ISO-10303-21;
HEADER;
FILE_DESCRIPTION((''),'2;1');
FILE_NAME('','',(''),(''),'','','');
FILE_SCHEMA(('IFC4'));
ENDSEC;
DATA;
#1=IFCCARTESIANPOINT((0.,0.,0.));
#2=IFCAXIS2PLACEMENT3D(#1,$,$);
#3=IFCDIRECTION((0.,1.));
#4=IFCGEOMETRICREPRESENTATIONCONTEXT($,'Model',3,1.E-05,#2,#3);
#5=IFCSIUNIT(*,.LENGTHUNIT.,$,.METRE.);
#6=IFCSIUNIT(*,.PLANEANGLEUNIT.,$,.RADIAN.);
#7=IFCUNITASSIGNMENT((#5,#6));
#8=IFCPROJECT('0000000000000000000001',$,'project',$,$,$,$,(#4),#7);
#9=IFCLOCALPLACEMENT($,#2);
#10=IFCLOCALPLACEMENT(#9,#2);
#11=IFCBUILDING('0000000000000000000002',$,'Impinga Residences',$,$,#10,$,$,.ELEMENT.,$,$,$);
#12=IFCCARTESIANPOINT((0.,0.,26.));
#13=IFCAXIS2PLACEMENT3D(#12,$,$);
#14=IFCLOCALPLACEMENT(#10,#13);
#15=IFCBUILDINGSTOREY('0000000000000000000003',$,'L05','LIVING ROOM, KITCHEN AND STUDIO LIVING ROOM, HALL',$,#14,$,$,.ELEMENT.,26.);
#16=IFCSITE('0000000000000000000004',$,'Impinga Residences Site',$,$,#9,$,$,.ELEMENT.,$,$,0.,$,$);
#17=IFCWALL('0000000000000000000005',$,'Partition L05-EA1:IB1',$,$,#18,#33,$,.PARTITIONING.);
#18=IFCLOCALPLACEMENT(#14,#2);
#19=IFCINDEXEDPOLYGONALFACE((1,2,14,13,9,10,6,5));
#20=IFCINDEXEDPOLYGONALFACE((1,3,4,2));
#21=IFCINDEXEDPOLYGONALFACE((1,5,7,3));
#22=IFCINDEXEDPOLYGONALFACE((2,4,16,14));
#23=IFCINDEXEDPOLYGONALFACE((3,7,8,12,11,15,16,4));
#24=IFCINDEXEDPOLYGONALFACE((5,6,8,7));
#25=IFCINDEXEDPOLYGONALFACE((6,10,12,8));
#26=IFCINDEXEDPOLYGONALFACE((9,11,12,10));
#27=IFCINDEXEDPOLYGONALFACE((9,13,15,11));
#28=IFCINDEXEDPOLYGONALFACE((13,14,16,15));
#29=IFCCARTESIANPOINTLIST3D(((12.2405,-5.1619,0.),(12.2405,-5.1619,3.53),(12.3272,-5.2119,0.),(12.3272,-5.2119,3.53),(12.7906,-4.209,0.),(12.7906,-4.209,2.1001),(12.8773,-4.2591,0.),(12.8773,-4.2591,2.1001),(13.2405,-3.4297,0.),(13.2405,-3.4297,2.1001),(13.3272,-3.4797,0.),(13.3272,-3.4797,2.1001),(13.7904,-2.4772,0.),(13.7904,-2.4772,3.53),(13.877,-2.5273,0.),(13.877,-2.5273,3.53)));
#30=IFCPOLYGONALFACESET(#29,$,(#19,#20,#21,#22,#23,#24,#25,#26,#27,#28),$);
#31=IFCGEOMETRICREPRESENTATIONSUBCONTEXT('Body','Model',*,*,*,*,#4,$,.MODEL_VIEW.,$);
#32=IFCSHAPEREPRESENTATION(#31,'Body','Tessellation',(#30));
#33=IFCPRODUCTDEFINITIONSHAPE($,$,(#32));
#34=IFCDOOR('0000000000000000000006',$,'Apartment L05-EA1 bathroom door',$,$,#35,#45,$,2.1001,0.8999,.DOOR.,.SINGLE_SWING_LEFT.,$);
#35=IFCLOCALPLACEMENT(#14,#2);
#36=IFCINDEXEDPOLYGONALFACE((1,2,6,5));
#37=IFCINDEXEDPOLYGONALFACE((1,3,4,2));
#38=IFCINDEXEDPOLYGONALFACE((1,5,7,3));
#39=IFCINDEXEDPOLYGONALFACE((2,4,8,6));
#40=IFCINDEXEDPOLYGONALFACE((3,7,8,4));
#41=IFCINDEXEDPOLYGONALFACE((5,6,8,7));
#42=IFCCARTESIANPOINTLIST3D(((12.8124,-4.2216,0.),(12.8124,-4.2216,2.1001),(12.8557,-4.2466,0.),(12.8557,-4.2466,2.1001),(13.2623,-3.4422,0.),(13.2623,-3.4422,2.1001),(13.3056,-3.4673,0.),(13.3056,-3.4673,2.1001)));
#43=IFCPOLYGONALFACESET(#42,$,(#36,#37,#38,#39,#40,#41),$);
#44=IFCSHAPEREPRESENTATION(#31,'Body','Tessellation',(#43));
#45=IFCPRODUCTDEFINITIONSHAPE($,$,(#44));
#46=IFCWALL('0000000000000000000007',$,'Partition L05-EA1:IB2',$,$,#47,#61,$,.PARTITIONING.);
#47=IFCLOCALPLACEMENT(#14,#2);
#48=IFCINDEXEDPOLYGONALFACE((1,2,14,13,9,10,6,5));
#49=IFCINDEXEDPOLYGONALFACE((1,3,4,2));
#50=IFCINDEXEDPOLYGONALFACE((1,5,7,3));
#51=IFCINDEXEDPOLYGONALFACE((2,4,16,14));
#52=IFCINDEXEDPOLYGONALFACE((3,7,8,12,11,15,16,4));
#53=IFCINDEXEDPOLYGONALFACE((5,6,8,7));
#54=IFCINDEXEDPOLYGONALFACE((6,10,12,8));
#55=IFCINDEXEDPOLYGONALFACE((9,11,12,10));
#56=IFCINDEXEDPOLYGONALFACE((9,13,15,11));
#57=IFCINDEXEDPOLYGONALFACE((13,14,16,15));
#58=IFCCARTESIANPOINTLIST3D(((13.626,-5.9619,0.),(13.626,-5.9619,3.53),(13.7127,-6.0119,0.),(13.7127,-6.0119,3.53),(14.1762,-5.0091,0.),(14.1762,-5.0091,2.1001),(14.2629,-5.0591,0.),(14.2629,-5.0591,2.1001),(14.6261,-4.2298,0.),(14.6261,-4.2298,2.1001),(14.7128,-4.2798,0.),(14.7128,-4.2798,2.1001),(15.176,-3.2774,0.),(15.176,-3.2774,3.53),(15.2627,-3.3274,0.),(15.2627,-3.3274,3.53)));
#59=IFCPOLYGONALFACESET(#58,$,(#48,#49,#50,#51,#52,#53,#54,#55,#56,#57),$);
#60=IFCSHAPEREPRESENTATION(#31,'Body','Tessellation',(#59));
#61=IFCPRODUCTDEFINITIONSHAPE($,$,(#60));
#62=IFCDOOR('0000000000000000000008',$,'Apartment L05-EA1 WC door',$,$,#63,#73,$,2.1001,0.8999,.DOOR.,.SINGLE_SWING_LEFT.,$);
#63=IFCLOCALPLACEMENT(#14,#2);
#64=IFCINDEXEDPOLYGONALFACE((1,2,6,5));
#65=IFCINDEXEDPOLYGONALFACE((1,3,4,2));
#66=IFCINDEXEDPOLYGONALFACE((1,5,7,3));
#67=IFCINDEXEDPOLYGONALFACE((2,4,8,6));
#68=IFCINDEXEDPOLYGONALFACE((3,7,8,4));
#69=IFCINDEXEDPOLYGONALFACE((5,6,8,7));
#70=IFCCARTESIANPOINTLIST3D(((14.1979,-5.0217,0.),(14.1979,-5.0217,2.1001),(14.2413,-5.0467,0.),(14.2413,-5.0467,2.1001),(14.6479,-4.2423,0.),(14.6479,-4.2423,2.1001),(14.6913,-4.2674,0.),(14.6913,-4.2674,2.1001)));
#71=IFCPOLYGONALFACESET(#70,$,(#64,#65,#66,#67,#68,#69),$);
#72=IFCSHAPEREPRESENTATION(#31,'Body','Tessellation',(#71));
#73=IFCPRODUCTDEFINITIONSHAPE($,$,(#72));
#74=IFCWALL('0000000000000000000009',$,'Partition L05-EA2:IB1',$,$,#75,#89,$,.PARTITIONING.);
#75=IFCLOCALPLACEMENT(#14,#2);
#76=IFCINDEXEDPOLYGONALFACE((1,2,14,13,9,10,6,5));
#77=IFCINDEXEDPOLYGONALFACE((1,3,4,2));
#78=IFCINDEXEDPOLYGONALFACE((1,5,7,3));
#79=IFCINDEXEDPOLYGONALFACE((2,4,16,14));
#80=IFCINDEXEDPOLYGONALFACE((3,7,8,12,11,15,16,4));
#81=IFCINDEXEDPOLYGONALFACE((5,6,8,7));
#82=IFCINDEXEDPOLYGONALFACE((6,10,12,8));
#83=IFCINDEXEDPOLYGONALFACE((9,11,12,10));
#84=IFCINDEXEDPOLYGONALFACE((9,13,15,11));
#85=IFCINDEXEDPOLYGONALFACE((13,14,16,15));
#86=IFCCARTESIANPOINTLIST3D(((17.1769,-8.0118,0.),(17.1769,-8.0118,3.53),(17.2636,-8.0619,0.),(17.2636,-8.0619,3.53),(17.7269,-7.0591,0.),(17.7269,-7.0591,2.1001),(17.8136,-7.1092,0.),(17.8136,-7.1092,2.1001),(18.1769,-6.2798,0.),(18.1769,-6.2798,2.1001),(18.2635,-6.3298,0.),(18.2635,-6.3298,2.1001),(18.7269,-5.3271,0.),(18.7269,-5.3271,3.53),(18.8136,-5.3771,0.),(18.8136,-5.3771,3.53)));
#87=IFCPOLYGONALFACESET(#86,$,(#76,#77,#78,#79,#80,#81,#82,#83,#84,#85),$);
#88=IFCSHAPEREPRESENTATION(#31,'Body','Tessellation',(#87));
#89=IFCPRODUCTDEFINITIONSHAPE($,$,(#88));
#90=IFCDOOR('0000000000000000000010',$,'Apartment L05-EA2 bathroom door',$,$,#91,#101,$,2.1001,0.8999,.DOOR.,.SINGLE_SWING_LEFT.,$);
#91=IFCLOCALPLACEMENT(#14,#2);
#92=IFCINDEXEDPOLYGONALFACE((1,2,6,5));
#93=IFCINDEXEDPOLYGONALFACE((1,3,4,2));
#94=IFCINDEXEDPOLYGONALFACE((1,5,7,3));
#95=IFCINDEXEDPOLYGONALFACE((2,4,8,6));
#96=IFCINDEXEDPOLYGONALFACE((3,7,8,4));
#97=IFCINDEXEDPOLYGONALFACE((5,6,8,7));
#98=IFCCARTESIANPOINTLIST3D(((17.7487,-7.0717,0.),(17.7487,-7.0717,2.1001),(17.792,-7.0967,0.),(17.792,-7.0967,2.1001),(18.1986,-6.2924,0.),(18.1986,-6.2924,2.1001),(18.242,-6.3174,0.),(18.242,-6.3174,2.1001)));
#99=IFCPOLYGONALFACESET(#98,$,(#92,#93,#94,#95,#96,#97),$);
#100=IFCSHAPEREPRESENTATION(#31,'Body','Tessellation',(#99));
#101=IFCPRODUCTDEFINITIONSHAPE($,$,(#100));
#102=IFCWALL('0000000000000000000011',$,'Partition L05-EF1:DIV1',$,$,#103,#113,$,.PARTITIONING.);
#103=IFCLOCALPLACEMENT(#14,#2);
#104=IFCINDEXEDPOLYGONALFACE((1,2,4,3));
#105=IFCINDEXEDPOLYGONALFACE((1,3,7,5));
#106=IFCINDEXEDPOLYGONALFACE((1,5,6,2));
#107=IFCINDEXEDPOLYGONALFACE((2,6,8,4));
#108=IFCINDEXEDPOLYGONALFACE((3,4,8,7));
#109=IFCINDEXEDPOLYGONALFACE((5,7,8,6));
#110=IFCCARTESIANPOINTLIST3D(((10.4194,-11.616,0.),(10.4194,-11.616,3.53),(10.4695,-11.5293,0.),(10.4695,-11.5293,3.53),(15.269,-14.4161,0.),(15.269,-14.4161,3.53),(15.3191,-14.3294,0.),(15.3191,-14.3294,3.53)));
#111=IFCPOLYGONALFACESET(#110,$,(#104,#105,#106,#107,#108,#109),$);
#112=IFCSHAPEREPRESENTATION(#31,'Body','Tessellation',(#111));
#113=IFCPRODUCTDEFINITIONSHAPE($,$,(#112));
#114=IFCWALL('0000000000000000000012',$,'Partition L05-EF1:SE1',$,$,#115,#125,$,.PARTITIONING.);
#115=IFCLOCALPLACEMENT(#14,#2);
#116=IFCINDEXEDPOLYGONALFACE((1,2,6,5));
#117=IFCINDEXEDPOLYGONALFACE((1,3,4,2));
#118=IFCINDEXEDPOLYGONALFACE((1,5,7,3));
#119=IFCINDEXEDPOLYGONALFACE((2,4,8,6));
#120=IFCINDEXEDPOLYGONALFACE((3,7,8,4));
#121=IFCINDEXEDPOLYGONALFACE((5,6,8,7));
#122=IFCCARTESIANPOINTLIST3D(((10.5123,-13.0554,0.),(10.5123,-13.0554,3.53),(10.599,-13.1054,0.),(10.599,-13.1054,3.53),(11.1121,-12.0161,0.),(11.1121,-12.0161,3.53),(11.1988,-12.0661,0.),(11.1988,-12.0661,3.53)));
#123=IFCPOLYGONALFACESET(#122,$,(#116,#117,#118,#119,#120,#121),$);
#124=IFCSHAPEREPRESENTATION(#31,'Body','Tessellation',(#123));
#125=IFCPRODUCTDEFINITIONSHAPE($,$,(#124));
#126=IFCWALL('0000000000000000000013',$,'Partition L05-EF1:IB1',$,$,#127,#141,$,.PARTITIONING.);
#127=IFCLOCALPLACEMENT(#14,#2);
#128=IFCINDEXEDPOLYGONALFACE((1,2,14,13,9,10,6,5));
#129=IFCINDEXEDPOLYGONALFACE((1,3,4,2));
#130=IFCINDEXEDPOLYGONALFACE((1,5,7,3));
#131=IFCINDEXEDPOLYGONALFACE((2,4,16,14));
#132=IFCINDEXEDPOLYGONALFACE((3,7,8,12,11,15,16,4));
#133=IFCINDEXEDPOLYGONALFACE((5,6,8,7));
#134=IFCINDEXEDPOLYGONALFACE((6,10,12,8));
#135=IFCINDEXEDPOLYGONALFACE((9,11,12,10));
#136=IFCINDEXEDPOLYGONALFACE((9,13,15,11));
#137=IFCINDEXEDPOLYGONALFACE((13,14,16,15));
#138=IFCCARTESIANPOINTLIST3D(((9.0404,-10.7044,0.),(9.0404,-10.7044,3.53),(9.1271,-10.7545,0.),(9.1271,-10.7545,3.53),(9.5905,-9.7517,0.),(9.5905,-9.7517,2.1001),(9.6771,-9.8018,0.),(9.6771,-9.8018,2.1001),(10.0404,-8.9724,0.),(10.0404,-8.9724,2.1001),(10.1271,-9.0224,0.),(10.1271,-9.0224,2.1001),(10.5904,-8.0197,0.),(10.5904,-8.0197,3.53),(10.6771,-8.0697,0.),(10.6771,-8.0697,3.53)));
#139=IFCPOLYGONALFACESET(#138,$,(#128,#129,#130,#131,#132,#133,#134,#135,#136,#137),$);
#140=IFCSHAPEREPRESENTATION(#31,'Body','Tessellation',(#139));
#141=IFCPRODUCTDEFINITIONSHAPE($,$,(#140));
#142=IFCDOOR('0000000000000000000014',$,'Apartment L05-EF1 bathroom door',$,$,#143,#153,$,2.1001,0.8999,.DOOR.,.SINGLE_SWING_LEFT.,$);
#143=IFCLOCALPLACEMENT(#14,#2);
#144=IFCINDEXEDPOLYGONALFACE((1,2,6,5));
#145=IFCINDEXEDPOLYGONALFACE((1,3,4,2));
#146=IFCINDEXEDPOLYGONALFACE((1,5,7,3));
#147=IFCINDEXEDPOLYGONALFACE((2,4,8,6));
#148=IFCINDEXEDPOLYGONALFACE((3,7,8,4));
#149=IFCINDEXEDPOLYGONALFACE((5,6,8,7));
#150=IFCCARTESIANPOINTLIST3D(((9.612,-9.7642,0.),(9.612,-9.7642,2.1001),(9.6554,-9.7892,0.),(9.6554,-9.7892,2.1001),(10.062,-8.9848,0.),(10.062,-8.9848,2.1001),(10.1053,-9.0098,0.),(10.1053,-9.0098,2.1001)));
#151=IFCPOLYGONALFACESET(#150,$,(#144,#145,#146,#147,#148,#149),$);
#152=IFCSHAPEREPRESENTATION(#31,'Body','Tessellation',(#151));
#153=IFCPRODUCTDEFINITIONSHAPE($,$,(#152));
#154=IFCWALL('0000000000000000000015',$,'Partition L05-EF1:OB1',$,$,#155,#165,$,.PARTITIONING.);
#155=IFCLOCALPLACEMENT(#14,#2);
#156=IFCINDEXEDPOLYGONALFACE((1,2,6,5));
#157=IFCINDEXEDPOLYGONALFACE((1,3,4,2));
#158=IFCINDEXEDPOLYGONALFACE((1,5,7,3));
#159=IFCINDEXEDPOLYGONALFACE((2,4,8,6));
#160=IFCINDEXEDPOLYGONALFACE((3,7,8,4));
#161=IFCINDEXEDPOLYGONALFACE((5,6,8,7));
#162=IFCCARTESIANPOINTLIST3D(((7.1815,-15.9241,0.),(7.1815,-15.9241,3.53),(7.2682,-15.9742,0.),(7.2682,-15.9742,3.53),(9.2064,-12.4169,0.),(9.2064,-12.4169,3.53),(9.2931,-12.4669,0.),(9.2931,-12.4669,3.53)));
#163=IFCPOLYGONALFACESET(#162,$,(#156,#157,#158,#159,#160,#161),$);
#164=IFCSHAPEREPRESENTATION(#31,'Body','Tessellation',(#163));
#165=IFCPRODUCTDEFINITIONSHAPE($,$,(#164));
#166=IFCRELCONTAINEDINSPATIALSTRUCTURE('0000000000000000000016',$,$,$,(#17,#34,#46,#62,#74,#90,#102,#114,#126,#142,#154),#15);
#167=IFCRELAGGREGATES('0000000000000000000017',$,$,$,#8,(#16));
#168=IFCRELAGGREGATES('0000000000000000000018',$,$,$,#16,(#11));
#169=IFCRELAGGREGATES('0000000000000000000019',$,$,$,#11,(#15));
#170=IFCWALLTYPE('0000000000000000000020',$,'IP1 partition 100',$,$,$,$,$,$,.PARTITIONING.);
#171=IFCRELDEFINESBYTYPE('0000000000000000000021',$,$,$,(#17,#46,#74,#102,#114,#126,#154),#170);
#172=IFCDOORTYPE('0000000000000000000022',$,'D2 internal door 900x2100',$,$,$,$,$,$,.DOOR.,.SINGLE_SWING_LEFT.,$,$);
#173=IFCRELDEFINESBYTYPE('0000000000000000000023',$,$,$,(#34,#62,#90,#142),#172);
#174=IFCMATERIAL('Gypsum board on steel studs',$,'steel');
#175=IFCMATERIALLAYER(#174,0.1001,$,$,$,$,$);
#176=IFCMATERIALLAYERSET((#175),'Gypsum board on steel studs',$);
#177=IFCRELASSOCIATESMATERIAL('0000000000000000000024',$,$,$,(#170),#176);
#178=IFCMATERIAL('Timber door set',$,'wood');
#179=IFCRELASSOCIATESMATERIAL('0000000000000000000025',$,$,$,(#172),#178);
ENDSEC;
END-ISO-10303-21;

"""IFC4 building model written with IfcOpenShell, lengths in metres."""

from ifc_helpers import new_model, si_unit, direction, frame, frame_2d, origin, place, context, subcontext, project, spatial, rectangle, extrude, material, layer, layer_set, type_object, element, fill, save


model = new_model("IFC4")

# Units and contexts
model_context = context("Model", 3, precision=1e-05, world=origin(), true_north=direction((0.0, 1.0)))
body_context = subcontext(model_context, "Body", "Model", "MODEL_VIEW")
ifc_project = project(units=[si_unit("LENGTHUNIT", "METRE"), si_unit("PLANEANGLEUNIT", "RADIAN")], contexts=[model_context])

# Site, building, storey
site_placement = place(None, origin())
site = spatial("IfcSite", under=ifc_project, at=site_placement, Name="Impinga Residences Site", CompositionType="ELEMENT", RefElevation=0.0)
building_placement = place(site_placement, origin())
building = spatial("IfcBuilding", under=site, at=building_placement, Name="Impinga Residences", CompositionType="ELEMENT")
storey_placement = place(building_placement, frame((0.0, 0.0, 26.0)))
storey = spatial("IfcBuildingStorey", under=building, at=storey_placement, Name="L05", Description="LIVING ROOM, KITCHEN AND STUDIO LIVING ROOM, HALL", CompositionType="ELEMENT", Elevation=26.0)

# Shared definitions
ifc_material_1 = material(Name="Timber door set", Category="wood")

# Walls, openings, doors
ifc_material_2 = material(Name="Gypsum board on steel studs", Category="steel")
ifc_layer_1 = layer(ifc_material_2, 0.1001)
ifc_layer_set_1 = layer_set([ifc_layer_1], Name="Gypsum board on steel studs")
wall_type_1 = type_object("IfcWallType", Name="IP1 partition 100", PredefinedType="PARTITIONING", material=ifc_layer_set_1)
wall_1_placement = place(storey_placement, frame((12.2839, -5.1868, 0.0), z_axis=(0.0, 0.0, 1.0), x_axis=(0.499968, 0.866044, 0.0)))
wall_1 = element("IfcWall", 1, at=wall_1_placement, inside=storey, type_object=wall_type_1, Name="Partition L05-EA1:IB1", PredefinedType="PARTITIONING", context=body_context, shape_type="SweptSolid", body=[
    extrude(rectangle(XDim=3.0999, YDim=0.1001, at=frame_2d((1.5498, 0.0))), origin(), (0.0, 0.0, 1.0), 3.53),
])
opening_1_placement = place(wall_1_placement, frame((1.1001, 0.0, 0.0)))
opening_1 = element("IfcOpeningElement", 2, at=opening_1_placement, cuts=wall_1, PredefinedType="OPENING", context=body_context, shape_type="SweptSolid", body=[
    extrude(rectangle(XDim=0.8999, YDim=2.1001, at=frame_2d((0.45, 1.05))), frame((0.0, 0.0601, 0.0), z_axis=(0.0, -1.0, 0.0), x_axis=(1.0, 0.0, 0.0)), (0.0, 0.0, 1.0), 0.1201),
])
door_type_1 = type_object("IfcDoorType", Name="D2 internal door 900x2100", OperationType="SINGLE_SWING_LEFT", PredefinedType="DOOR", material=ifc_material_1)
door_1_placement = place(opening_1_placement, origin())
door_1 = element("IfcDoor", 3, at=door_1_placement, inside=storey, type_object=door_type_1, Name="Apartment L05-EA1 bathroom door", OperationType="SINGLE_SWING_LEFT", OverallHeight=2.1001, OverallWidth=0.8999, PredefinedType="DOOR", context=body_context, shape_type="SweptSolid", body=[
    extrude(rectangle(XDim=0.8999, YDim=2.1001, at=frame_2d((0.45, 1.05))), frame((0.0, 0.0249, 0.0), z_axis=(0.0, -1.0, 0.0), x_axis=(1.0, 0.0, 0.0)), (0.0, 0.0, 1.0), 0.05),
])
fill(opening_1, door_1)
wall_2_placement = place(storey_placement, frame((13.6694, -5.9868, 0.0), z_axis=(0.0, 0.0, 1.0), x_axis=(0.500027, 0.86601, 0.0)))
wall_2 = element("IfcWall", 4, at=wall_2_placement, inside=storey, type_object=wall_type_1, Name="Partition L05-EA1:IB2", PredefinedType="PARTITIONING", context=body_context, shape_type="SweptSolid", body=[
    extrude(rectangle(XDim=3.0999, YDim=0.1001, at=frame_2d((1.5498, 0.0))), origin(), (0.0, 0.0, 1.0), 3.53),
])
opening_2_placement = place(wall_2_placement, frame((1.1001, 0.0, 0.0)))
opening_2 = element("IfcOpeningElement", 5, at=opening_2_placement, cuts=wall_2, PredefinedType="OPENING", context=body_context, shape_type="SweptSolid", body=[
    extrude(rectangle(XDim=0.8999, YDim=2.1001, at=frame_2d((0.45, 1.05))), frame((0.0, 0.0601, 0.0), z_axis=(0.0, -1.0, 0.0), x_axis=(1.0, 0.0, 0.0)), (0.0, 0.0, 1.0), 0.1201),
])
door_2_placement = place(opening_2_placement, origin())
door_2 = element("IfcDoor", 6, at=door_2_placement, inside=storey, type_object=door_type_1, Name="Apartment L05-EA1 WC door", OperationType="SINGLE_SWING_LEFT", OverallHeight=2.1001, OverallWidth=0.8999, PredefinedType="DOOR", context=body_context, shape_type="SweptSolid", body=[
    extrude(rectangle(XDim=0.8999, YDim=2.1001, at=frame_2d((0.45, 1.05))), frame((0.0, 0.0249, 0.0), z_axis=(0.0, -1.0, 0.0), x_axis=(1.0, 0.0, 0.0)), (0.0, 0.0, 1.0), 0.05),
])
fill(opening_2, door_2)
wall_3_placement = place(storey_placement, frame((17.2202, -8.0369, 0.0), z_axis=(0.0, 0.0, 1.0), x_axis=(0.499993, 0.86603, 0.0)))
wall_3 = element("IfcWall", 7, at=wall_3_placement, inside=storey, type_object=wall_type_1, Name="Partition L05-EA2:IB1", PredefinedType="PARTITIONING", context=body_context, shape_type="SweptSolid", body=[
    extrude(rectangle(XDim=3.1001, YDim=0.1001, at=frame_2d((1.55, 0.0))), origin(), (0.0, 0.0, 1.0), 3.53),
])
opening_3_placement = place(wall_3_placement, frame((1.1001, 0.0, 0.0)))
opening_3 = element("IfcOpeningElement", 8, at=opening_3_placement, cuts=wall_3, PredefinedType="OPENING", context=body_context, shape_type="SweptSolid", body=[
    extrude(rectangle(XDim=0.8999, YDim=2.1001, at=frame_2d((0.45, 1.05))), frame((0.0, 0.0601, 0.0), z_axis=(0.0, -1.0, 0.0), x_axis=(1.0, 0.0, 0.0)), (0.0, 0.0, 1.0), 0.1201),
])
door_3_placement = place(opening_3_placement, origin())
door_3 = element("IfcDoor", 9, at=door_3_placement, inside=storey, type_object=door_type_1, Name="Apartment L05-EA2 bathroom door", OperationType="SINGLE_SWING_LEFT", OverallHeight=2.1001, OverallWidth=0.8999, PredefinedType="DOOR", context=body_context, shape_type="SweptSolid", body=[
    extrude(rectangle(XDim=0.8999, YDim=2.1001, at=frame_2d((0.45, 1.05))), frame((0.0, 0.0249, 0.0), z_axis=(0.0, -1.0, 0.0), x_axis=(1.0, 0.0, 0.0)), (0.0, 0.0, 1.0), 0.05),
])
fill(opening_3, door_3)

# Walls
wall_4_placement = place(storey_placement, frame((10.4446, -11.5728, 0.0), z_axis=(0.0, 0.0, 1.0), x_axis=(0.866016, -0.500017, 0.0)))
element("IfcWall", 10, at=wall_4_placement, inside=storey, type_object=wall_type_1, Name="Partition L05-EF1:DIV1", PredefinedType="PARTITIONING", context=body_context, shape_type="SweptSolid", body=[
    extrude(rectangle(XDim=5.5999, YDim=0.1001, at=frame_2d((2.7998, 0.0))), origin(), (0.0, 0.0, 1.0), 3.53),
])
wall_5_placement = place(storey_placement, frame((11.1555, -12.041, 0.0), z_axis=(0.0, 0.0, 1.0), x_axis=(-0.499881, -0.866094, 0.0)))
element("IfcWall", 11, at=wall_5_placement, inside=storey, type_object=wall_type_1, Name="Partition L05-EF1:SE1", PredefinedType="PARTITIONING", context=body_context, shape_type="SweptSolid", body=[
    extrude(rectangle(XDim=1.2, YDim=0.1001, at=frame_2d((0.6001, 0.0))), origin(), (0.0, 0.0, 1.0), 3.53),
])

# Wall, opening, door
wall_6_placement = place(storey_placement, frame((10.6338, -8.0447, 0.0), z_axis=(0.0, 0.0, 1.0), x_axis=(-0.499993, -0.86603, 0.0)))
wall_6 = element("IfcWall", 12, at=wall_6_placement, inside=storey, type_object=wall_type_1, Name="Partition L05-EF1:IB1", PredefinedType="PARTITIONING", context=body_context, shape_type="SweptSolid", body=[
    extrude(rectangle(XDim=3.1001, YDim=0.1001, at=frame_2d((1.55, 0.0))), origin(), (0.0, 0.0, 1.0), 3.53),
])
opening_4_placement = place(wall_6_placement, frame((1.1001, 0.0, 0.0)))
opening_4 = element("IfcOpeningElement", 13, at=opening_4_placement, cuts=wall_6, PredefinedType="OPENING", context=body_context, shape_type="SweptSolid", body=[
    extrude(rectangle(XDim=0.8999, YDim=2.1001, at=frame_2d((0.45, 1.05))), frame((0.0, 0.0601, 0.0), z_axis=(0.0, -1.0, 0.0), x_axis=(1.0, 0.0, 0.0)), (0.0, 0.0, 1.0), 0.1201),
])
door_4_placement = place(opening_4_placement, origin())
door_4 = element("IfcDoor", 14, at=door_4_placement, inside=storey, type_object=door_type_1, Name="Apartment L05-EF1 bathroom door", OperationType="SINGLE_SWING_LEFT", OverallHeight=2.1001, OverallWidth=0.8999, PredefinedType="DOOR", context=body_context, shape_type="SweptSolid", body=[
    extrude(rectangle(XDim=0.8999, YDim=2.1001, at=frame_2d((0.45, 1.05))), frame((0.0, 0.0249, 0.0), z_axis=(0.0, -1.0, 0.0), x_axis=(1.0, 0.0, 0.0)), (0.0, 0.0, 1.0), 0.05),
])
fill(opening_4, door_4)

# Wall
wall_7_placement = place(storey_placement, frame((9.2498, -12.4419, 0.0), z_axis=(0.0, 0.0, 1.0), x_axis=(-0.49999, -0.866031, 0.0)))
element("IfcWall", 15, at=wall_7_placement, inside=storey, type_object=wall_type_1, Name="Partition L05-EF1:OB1", PredefinedType="PARTITIONING", context=body_context, shape_type="SweptSolid", body=[
    extrude(rectangle(XDim=4.0498, YDim=0.1001, at=frame_2d((2.0249, 0.0))), origin(), (0.0, 0.0, 1.0), 3.53),
])

save(model, "model.ifc")
